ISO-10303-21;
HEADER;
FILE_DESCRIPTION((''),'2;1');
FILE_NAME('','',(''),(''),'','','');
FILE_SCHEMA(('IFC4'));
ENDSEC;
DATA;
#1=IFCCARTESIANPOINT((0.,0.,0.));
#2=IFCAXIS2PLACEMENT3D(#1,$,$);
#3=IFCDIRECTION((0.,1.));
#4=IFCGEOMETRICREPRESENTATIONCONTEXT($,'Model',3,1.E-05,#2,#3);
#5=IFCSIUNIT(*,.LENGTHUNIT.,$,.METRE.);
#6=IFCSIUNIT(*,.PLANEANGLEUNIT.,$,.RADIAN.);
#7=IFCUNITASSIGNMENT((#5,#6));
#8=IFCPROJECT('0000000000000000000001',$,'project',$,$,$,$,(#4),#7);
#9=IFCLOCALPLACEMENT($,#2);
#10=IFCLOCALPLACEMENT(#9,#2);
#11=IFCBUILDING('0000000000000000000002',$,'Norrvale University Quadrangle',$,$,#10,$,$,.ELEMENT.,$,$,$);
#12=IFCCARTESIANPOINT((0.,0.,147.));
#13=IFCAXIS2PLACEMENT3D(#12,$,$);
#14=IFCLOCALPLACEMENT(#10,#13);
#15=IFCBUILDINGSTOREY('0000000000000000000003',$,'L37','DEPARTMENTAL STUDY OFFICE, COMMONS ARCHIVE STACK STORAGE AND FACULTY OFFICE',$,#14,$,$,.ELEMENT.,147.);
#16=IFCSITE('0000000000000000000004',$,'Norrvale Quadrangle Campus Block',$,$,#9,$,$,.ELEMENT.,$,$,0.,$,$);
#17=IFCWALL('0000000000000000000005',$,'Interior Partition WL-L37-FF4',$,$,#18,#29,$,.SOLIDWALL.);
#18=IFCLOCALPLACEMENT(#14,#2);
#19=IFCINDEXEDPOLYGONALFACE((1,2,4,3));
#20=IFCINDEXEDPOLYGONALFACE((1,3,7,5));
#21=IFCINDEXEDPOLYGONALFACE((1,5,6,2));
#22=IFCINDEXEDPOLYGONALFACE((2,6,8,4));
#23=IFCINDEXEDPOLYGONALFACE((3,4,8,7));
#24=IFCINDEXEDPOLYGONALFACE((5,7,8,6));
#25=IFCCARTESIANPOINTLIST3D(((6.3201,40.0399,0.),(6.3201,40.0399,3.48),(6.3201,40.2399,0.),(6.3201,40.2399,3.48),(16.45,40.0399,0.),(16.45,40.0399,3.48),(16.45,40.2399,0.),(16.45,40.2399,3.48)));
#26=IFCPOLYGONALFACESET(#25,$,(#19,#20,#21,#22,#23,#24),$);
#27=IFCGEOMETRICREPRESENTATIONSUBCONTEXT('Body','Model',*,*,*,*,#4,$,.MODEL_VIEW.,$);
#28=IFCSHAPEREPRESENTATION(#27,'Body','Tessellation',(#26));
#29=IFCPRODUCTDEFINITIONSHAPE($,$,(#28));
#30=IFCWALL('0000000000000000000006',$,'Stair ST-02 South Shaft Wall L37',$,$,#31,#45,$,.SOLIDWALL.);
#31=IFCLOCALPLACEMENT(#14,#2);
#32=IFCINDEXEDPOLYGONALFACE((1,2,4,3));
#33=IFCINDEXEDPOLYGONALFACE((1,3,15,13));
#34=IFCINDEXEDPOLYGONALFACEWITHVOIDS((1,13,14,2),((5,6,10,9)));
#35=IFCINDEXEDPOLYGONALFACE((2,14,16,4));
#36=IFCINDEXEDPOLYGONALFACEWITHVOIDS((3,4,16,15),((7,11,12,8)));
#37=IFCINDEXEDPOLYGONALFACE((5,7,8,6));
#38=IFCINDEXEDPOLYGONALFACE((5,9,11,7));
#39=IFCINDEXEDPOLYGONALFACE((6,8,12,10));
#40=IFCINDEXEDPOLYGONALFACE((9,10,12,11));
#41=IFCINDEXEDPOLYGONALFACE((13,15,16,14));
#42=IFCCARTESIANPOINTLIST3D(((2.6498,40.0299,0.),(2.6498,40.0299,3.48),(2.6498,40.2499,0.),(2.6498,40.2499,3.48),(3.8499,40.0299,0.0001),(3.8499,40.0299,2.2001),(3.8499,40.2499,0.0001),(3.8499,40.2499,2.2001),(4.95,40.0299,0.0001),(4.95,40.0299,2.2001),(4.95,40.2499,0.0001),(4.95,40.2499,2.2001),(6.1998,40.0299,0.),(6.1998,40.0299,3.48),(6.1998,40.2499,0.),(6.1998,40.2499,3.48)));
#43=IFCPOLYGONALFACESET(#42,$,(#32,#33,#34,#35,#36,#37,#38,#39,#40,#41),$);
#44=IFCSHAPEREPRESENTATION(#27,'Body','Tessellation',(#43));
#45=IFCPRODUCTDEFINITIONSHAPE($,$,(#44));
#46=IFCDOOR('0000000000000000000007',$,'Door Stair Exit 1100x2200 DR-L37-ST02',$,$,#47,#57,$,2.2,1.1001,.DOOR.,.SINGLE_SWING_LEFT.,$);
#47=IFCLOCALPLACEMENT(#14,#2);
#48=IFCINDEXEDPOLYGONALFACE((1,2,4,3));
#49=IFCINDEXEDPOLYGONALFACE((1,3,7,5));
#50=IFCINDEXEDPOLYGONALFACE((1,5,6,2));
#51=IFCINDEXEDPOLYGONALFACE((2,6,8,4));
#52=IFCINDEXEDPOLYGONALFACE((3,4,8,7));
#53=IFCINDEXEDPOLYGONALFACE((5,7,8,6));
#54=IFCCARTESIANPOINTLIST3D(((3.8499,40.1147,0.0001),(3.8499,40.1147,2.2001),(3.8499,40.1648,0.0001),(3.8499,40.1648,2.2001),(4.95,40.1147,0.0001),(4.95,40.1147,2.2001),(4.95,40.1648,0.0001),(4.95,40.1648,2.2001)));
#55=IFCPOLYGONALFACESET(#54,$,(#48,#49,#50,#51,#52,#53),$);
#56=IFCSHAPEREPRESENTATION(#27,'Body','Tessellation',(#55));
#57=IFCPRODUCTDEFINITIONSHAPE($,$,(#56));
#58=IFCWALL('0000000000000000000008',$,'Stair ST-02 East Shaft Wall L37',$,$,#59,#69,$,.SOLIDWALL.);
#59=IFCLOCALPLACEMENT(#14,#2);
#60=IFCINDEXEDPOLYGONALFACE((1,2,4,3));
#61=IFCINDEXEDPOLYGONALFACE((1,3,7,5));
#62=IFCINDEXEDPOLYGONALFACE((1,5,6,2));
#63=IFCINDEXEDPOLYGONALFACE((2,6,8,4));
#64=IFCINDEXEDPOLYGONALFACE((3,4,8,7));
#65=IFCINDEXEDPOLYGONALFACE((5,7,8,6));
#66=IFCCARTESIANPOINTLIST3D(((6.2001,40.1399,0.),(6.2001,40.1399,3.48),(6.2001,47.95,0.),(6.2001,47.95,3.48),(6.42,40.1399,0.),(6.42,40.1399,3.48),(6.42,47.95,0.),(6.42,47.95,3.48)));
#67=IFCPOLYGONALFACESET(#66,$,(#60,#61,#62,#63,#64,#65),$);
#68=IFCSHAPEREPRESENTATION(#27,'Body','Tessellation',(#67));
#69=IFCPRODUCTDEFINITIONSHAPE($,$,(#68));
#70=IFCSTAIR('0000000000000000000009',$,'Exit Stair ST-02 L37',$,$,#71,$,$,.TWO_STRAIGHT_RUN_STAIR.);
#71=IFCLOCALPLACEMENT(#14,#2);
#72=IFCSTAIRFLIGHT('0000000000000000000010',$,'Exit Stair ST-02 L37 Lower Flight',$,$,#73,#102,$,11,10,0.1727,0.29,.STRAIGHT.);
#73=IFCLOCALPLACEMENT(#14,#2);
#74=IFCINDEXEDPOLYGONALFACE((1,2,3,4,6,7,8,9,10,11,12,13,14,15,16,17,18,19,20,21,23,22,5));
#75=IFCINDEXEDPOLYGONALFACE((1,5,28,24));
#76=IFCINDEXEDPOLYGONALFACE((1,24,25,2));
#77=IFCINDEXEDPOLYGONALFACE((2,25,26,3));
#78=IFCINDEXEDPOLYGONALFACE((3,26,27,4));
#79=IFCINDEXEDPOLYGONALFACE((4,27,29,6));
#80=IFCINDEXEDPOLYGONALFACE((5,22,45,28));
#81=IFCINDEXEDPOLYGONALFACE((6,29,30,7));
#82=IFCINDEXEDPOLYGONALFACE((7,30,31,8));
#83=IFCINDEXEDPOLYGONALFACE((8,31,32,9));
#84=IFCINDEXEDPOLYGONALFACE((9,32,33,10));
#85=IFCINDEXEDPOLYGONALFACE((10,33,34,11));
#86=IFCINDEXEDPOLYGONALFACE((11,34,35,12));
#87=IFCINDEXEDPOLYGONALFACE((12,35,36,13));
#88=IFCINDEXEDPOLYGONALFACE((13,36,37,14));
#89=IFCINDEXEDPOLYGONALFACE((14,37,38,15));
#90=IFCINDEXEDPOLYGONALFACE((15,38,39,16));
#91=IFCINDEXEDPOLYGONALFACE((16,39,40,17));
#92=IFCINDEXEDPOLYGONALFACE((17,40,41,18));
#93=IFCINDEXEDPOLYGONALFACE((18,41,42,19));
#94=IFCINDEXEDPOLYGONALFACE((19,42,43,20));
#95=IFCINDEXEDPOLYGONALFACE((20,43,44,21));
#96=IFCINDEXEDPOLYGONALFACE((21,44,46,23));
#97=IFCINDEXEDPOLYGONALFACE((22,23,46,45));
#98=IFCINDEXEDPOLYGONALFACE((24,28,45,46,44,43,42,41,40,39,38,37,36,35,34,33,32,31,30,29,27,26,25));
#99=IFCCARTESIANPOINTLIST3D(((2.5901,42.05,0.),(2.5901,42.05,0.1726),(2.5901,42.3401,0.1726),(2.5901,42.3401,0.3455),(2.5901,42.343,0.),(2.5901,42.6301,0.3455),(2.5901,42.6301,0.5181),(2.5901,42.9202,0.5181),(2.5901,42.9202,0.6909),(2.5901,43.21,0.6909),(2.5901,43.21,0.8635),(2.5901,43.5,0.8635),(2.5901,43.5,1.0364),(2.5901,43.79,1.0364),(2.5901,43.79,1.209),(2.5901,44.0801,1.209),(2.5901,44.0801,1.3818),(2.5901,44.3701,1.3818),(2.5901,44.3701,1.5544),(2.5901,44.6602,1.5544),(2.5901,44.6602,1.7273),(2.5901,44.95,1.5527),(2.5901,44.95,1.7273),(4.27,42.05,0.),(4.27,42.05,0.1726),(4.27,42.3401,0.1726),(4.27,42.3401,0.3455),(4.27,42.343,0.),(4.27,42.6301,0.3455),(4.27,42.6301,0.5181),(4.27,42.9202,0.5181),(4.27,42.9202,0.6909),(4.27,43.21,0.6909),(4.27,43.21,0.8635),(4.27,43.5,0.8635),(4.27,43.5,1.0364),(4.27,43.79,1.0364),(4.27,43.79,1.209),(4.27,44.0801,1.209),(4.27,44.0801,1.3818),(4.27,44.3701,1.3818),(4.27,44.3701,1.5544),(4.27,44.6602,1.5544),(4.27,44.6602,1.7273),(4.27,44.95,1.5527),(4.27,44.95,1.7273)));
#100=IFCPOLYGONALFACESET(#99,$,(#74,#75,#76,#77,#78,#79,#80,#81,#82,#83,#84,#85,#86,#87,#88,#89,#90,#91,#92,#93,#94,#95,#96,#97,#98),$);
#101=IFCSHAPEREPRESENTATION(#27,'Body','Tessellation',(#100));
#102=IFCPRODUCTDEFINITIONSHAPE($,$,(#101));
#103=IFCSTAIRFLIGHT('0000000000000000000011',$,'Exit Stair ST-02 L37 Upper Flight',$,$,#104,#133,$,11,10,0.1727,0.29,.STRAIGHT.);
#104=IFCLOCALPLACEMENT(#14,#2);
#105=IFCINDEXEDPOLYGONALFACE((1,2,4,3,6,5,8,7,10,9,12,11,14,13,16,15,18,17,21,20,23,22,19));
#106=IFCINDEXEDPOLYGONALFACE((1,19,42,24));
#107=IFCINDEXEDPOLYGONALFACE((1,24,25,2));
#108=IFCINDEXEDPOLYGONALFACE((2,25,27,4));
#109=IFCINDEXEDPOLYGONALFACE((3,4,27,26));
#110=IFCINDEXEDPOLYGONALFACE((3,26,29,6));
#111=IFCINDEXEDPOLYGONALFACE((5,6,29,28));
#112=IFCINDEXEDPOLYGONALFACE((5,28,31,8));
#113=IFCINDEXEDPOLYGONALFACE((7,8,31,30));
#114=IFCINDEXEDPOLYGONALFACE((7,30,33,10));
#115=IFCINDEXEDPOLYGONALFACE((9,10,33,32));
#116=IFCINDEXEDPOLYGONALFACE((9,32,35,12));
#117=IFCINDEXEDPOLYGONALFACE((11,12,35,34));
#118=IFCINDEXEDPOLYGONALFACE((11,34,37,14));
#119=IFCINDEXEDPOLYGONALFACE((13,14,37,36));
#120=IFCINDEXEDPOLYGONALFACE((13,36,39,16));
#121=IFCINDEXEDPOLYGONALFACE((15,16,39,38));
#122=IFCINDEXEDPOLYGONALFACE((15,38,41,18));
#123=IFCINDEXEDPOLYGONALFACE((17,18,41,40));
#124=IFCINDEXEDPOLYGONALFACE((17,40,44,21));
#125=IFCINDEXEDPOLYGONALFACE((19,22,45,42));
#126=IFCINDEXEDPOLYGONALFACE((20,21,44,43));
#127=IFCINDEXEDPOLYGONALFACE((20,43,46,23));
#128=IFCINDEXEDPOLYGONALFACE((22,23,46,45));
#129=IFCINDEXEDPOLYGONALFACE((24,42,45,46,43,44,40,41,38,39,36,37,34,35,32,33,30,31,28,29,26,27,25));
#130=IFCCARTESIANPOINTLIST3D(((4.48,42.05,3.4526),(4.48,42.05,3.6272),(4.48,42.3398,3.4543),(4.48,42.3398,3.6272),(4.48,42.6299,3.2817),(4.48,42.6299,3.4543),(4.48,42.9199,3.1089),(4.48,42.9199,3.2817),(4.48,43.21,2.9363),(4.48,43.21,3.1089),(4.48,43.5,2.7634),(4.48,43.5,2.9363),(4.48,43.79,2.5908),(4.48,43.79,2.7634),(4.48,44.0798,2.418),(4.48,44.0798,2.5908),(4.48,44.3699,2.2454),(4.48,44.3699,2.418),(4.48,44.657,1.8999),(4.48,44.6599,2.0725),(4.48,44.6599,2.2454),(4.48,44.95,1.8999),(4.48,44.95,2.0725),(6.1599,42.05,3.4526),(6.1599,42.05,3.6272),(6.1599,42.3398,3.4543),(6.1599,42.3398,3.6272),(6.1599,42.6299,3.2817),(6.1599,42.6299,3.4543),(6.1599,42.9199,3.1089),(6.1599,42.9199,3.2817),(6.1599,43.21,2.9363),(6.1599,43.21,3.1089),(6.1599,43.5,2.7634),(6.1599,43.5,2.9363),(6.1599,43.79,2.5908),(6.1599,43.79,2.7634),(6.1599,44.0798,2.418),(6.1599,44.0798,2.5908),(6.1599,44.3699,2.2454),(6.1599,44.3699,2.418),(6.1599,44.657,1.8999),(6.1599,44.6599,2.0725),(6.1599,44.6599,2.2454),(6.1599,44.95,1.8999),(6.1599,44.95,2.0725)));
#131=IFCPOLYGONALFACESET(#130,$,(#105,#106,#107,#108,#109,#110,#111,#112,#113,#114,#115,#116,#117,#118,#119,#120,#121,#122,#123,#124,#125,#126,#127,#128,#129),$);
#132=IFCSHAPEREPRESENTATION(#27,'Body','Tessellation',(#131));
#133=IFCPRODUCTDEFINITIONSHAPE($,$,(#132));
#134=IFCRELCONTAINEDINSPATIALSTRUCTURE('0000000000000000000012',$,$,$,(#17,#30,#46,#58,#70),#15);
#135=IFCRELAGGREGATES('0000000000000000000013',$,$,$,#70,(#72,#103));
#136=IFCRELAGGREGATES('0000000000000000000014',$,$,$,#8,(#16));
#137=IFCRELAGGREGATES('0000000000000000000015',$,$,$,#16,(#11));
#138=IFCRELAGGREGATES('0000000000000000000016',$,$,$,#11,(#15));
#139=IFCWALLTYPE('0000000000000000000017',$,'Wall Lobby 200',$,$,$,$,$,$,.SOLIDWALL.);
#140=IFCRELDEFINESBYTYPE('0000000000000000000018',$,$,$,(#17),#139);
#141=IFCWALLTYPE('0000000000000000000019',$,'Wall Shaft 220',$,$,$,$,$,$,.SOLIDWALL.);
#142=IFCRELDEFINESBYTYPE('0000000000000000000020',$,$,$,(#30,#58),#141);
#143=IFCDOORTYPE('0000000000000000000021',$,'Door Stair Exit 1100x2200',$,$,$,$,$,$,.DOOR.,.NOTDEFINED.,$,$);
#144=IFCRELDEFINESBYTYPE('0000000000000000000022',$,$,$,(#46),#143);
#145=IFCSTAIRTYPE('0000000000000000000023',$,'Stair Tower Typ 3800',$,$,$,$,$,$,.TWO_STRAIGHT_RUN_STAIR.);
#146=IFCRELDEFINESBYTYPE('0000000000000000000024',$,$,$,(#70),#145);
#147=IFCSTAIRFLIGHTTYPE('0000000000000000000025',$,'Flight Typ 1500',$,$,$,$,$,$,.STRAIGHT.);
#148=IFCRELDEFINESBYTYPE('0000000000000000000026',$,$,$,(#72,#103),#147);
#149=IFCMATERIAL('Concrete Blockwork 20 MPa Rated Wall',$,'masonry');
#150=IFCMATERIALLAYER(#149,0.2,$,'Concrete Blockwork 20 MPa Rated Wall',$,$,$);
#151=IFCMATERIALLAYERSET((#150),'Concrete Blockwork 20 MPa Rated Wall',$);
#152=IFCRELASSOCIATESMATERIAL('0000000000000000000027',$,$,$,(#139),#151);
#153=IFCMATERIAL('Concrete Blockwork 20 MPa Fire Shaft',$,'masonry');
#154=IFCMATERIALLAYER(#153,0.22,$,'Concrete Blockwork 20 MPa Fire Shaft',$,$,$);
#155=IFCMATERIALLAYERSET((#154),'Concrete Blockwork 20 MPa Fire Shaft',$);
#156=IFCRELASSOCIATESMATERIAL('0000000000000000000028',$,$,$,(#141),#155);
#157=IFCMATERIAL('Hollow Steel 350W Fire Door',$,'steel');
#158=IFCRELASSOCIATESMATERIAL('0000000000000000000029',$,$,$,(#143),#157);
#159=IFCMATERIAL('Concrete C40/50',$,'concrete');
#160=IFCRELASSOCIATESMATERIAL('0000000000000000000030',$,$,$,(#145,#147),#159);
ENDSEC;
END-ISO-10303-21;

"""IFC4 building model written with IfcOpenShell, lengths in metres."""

from ifc_helpers import new_model, si_unit, direction, frame, frame_2d, origin, place, context, subcontext, project, spatial, polyline, rectangle, outline, extrude, material, layer, layer_set, type_object, element, fill, aggregate, save


model = new_model("IFC4")

# Units and contexts
model_context = context("Model", 3, precision=1e-05, world=origin(), true_north=direction((0.0, 1.0)))
body_context = subcontext(model_context, "Body", "Model", "MODEL_VIEW")
ifc_project = project(units=[si_unit("LENGTHUNIT", "METRE"), si_unit("PLANEANGLEUNIT", "RADIAN")], contexts=[model_context])

# Site, building, storey
site_placement = place(None, origin())
site = spatial("IfcSite", under=ifc_project, at=site_placement, Name="Norrvale Quadrangle Campus Block", CompositionType="ELEMENT", RefElevation=0.0)
building_placement = place(site_placement, origin())
building = spatial("IfcBuilding", under=site, at=building_placement, Name="Norrvale University Quadrangle", CompositionType="ELEMENT")
storey_placement = place(building_placement, frame((0.0, 0.0, 147.0)))
storey = spatial("IfcBuildingStorey", under=building, at=storey_placement, Name="L37", Description="DEPARTMENTAL STUDY OFFICE, COMMONS ARCHIVE STACK STORAGE AND FACULTY OFFICE", CompositionType="ELEMENT", Elevation=147.0)

# Wall
ifc_material_1 = material(Name="Concrete Blockwork 20 MPa Rated Wall", Category="masonry")
ifc_layer_1 = layer(ifc_material_1, 0.2, Name="Concrete Blockwork 20 MPa Rated Wall")
ifc_layer_set_1 = layer_set([ifc_layer_1], Name="Concrete Blockwork 20 MPa Rated Wall")
wall_type_1 = type_object("IfcWallType", Name="Wall Lobby 200", PredefinedType="SOLIDWALL", material=ifc_layer_set_1)
wall_1_placement = place(storey_placement, frame((6.3201, 40.1399, 0.0), z_axis=(0.0, 0.0, 1.0), x_axis=(1.0, 0.0, 0.0)))
element("IfcWall", 1, at=wall_1_placement, inside=storey, type_object=wall_type_1, Name="Interior Partition WL-L37-FF4", PredefinedType="SOLIDWALL", context=body_context, shape_type="SweptSolid", body=[
    extrude(rectangle(XDim=10.1299, YDim=0.2, at=frame_2d((5.0649, 0.0))), origin(), (0.0, 0.0, 1.0), 3.48),
])

# Wall, opening, door
ifc_material_2 = material(Name="Concrete Blockwork 20 MPa Fire Shaft", Category="masonry")
ifc_layer_2 = layer(ifc_material_2, 0.22, Name="Concrete Blockwork 20 MPa Fire Shaft")
ifc_layer_set_2 = layer_set([ifc_layer_2], Name="Concrete Blockwork 20 MPa Fire Shaft")
wall_type_2 = type_object("IfcWallType", Name="Wall Shaft 220", PredefinedType="SOLIDWALL", material=ifc_layer_set_2)
wall_2_placement = place(storey_placement, frame((2.6499, 40.1399, 0.0), z_axis=(0.0, 0.0, 1.0), x_axis=(1.0, 0.0, 0.0)))
wall_2 = element("IfcWall", 2, at=wall_2_placement, inside=storey, type_object=wall_type_2, Name="Stair ST-02 South Shaft Wall L37", PredefinedType="SOLIDWALL", context=body_context, shape_type="SweptSolid", body=[
    extrude(rectangle(XDim=3.55, YDim=0.22, at=frame_2d((1.7749, 0.0))), origin(), (0.0, 0.0, 1.0), 3.48),
])
opening_placement = place(wall_2_placement, frame((1.2, 0.0, 0.0)))
opening = element("IfcOpeningElement", 3, at=opening_placement, cuts=wall_2, PredefinedType="OPENING", context=body_context, shape_type="SweptSolid", body=[
    extrude(rectangle(XDim=1.1001, YDim=2.2, at=frame_2d((0.55, 1.1001))), frame((0.0, 0.1221, 0.0), z_axis=(0.0, -1.0, 0.0), x_axis=(1.0, 0.0, 0.0)), (0.0, 0.0, 1.0), 0.2439),
])
ifc_material_3 = material(Name="Hollow Steel 350W Fire Door", Category="steel")
door_type = type_object("IfcDoorType", Name="Door Stair Exit 1100x2200", OperationType="NOTDEFINED", PredefinedType="DOOR", material=ifc_material_3)
door_placement = place(opening_placement, origin())
door = element("IfcDoor", 4, at=door_placement, inside=storey, type_object=door_type, Name="Door Stair Exit 1100x2200 DR-L37-ST02", OperationType="SINGLE_SWING_LEFT", OverallHeight=2.2, OverallWidth=1.1001, PredefinedType="DOOR", context=body_context, shape_type="SweptSolid", body=[
    extrude(rectangle(XDim=1.1001, YDim=2.2, at=frame_2d((0.55, 1.1001))), frame((0.0, 0.0249, 0.0), z_axis=(0.0, -1.0, 0.0), x_axis=(1.0, 0.0, 0.0)), (0.0, 0.0, 1.0), 0.05),
])
fill(opening, door)

# Wall
wall_3_placement = place(storey_placement, frame((6.3101, 40.1399, 0.0), z_axis=(0.0, 0.0, 1.0), x_axis=(0.0, 1.0, 0.0)))
element("IfcWall", 5, at=wall_3_placement, inside=storey, type_object=wall_type_2, Name="Stair ST-02 East Shaft Wall L37", PredefinedType="SOLIDWALL", context=body_context, shape_type="SweptSolid", body=[
    extrude(rectangle(XDim=7.8101, YDim=0.22, at=frame_2d((3.905, 0.0))), origin(), (0.0, 0.0, 1.0), 3.48),
])

# Stair, stair flights
ifc_material_4 = material(Name="Concrete C40/50", Category="concrete")
stair_type = type_object("IfcStairType", Name="Stair Tower Typ 3800", PredefinedType="TWO_STRAIGHT_RUN_STAIR", material=ifc_material_4)
stair_placement = place(storey_placement, origin())
stair = element("IfcStair", 6, at=stair_placement, inside=storey, type_object=stair_type, Name="Exit Stair ST-02 L37", PredefinedType="TWO_STRAIGHT_RUN_STAIR")
stair_flight_type = type_object("IfcStairFlightType", Name="Flight Typ 1500", PredefinedType="STRAIGHT", material=ifc_material_4)
stair_flight_1_placement = place(storey_placement, frame((3.4299, 42.05, 0.0), z_axis=(0.0, 0.0, 1.0), x_axis=(0.0, 1.0, 0.0)))
stair_flight_1 = element("IfcStairFlight", 7, at=stair_flight_1_placement, type_object=stair_flight_type, Name="Exit Stair ST-02 L37 Lower Flight", NumberOfRisers=11, NumberOfTreads=10, PredefinedType="STRAIGHT", RiserHeight=0.1727, TreadLength=0.29, context=body_context, shape_type="SweptSolid", body=[
    extrude(outline(polyline([(0.0, 0.0), (0.0, 0.1726), (0.29, 0.1726), (0.29, 0.3455), (0.5801, 0.3455), (0.5801, 0.5181), (0.8701, 0.5181), (0.8701, 0.6909), (1.1599, 0.6909), (1.1599, 0.8635), (1.45, 0.8635), (1.45, 1.0364), (1.74, 1.0364), (1.74, 1.209), (2.03, 1.209), (2.03, 1.3818), (2.3201, 1.3818), (2.3201, 1.5544), (2.6101, 1.5544), (2.6101, 1.7273), (2.8999, 1.7273), (2.8999, 1.8999), (2.8999, 1.5527), (0.293, 0.0), (0.0, 0.0)])), frame((0.0, 0.8398, 0.0), z_axis=(0.0, -1.0, 0.0), x_axis=(1.0, 0.0, 0.0)), (0.0, 0.0, 1.0), 1.6799),
])
stair_flight_2_placement = place(storey_placement, frame((5.3201, 44.95, 1.8999), z_axis=(0.0, 0.0, 1.0), x_axis=(0.0, -1.0, 0.0)))
stair_flight_2 = element("IfcStairFlight", 8, at=stair_flight_2_placement, type_object=stair_flight_type, Name="Exit Stair ST-02 L37 Upper Flight", NumberOfRisers=11, NumberOfTreads=10, PredefinedType="STRAIGHT", RiserHeight=0.1727, TreadLength=0.29, context=body_context, shape_type="SweptSolid", body=[
    extrude(outline(polyline([(0.0, 0.0), (0.0, 0.1726), (0.29, 0.1726), (0.29, 0.3455), (0.5801, 0.3455), (0.5801, 0.5181), (0.8701, 0.5181), (0.8701, 0.6909), (1.1599, 0.6909), (1.1599, 0.8635), (1.45, 0.8635), (1.45, 1.0364), (1.74, 1.0364), (1.74, 1.209), (2.03, 1.209), (2.03, 1.3818), (2.3201, 1.3818), (2.3201, 1.5544), (2.6101, 1.5544), (2.6101, 1.7273), (2.8999, 1.7273), (2.8999, 1.8999), (2.8999, 1.5527), (0.293, 0.0), (0.0, 0.0)])), frame((0.0, 0.8398, 0.0), z_axis=(0.0, -1.0, 0.0), x_axis=(1.0, 0.0, 0.0)), (0.0, 0.0, 1.0), 1.6799),
])
aggregate(stair, [stair_flight_1, stair_flight_2])

save(model, "model.ifc")
